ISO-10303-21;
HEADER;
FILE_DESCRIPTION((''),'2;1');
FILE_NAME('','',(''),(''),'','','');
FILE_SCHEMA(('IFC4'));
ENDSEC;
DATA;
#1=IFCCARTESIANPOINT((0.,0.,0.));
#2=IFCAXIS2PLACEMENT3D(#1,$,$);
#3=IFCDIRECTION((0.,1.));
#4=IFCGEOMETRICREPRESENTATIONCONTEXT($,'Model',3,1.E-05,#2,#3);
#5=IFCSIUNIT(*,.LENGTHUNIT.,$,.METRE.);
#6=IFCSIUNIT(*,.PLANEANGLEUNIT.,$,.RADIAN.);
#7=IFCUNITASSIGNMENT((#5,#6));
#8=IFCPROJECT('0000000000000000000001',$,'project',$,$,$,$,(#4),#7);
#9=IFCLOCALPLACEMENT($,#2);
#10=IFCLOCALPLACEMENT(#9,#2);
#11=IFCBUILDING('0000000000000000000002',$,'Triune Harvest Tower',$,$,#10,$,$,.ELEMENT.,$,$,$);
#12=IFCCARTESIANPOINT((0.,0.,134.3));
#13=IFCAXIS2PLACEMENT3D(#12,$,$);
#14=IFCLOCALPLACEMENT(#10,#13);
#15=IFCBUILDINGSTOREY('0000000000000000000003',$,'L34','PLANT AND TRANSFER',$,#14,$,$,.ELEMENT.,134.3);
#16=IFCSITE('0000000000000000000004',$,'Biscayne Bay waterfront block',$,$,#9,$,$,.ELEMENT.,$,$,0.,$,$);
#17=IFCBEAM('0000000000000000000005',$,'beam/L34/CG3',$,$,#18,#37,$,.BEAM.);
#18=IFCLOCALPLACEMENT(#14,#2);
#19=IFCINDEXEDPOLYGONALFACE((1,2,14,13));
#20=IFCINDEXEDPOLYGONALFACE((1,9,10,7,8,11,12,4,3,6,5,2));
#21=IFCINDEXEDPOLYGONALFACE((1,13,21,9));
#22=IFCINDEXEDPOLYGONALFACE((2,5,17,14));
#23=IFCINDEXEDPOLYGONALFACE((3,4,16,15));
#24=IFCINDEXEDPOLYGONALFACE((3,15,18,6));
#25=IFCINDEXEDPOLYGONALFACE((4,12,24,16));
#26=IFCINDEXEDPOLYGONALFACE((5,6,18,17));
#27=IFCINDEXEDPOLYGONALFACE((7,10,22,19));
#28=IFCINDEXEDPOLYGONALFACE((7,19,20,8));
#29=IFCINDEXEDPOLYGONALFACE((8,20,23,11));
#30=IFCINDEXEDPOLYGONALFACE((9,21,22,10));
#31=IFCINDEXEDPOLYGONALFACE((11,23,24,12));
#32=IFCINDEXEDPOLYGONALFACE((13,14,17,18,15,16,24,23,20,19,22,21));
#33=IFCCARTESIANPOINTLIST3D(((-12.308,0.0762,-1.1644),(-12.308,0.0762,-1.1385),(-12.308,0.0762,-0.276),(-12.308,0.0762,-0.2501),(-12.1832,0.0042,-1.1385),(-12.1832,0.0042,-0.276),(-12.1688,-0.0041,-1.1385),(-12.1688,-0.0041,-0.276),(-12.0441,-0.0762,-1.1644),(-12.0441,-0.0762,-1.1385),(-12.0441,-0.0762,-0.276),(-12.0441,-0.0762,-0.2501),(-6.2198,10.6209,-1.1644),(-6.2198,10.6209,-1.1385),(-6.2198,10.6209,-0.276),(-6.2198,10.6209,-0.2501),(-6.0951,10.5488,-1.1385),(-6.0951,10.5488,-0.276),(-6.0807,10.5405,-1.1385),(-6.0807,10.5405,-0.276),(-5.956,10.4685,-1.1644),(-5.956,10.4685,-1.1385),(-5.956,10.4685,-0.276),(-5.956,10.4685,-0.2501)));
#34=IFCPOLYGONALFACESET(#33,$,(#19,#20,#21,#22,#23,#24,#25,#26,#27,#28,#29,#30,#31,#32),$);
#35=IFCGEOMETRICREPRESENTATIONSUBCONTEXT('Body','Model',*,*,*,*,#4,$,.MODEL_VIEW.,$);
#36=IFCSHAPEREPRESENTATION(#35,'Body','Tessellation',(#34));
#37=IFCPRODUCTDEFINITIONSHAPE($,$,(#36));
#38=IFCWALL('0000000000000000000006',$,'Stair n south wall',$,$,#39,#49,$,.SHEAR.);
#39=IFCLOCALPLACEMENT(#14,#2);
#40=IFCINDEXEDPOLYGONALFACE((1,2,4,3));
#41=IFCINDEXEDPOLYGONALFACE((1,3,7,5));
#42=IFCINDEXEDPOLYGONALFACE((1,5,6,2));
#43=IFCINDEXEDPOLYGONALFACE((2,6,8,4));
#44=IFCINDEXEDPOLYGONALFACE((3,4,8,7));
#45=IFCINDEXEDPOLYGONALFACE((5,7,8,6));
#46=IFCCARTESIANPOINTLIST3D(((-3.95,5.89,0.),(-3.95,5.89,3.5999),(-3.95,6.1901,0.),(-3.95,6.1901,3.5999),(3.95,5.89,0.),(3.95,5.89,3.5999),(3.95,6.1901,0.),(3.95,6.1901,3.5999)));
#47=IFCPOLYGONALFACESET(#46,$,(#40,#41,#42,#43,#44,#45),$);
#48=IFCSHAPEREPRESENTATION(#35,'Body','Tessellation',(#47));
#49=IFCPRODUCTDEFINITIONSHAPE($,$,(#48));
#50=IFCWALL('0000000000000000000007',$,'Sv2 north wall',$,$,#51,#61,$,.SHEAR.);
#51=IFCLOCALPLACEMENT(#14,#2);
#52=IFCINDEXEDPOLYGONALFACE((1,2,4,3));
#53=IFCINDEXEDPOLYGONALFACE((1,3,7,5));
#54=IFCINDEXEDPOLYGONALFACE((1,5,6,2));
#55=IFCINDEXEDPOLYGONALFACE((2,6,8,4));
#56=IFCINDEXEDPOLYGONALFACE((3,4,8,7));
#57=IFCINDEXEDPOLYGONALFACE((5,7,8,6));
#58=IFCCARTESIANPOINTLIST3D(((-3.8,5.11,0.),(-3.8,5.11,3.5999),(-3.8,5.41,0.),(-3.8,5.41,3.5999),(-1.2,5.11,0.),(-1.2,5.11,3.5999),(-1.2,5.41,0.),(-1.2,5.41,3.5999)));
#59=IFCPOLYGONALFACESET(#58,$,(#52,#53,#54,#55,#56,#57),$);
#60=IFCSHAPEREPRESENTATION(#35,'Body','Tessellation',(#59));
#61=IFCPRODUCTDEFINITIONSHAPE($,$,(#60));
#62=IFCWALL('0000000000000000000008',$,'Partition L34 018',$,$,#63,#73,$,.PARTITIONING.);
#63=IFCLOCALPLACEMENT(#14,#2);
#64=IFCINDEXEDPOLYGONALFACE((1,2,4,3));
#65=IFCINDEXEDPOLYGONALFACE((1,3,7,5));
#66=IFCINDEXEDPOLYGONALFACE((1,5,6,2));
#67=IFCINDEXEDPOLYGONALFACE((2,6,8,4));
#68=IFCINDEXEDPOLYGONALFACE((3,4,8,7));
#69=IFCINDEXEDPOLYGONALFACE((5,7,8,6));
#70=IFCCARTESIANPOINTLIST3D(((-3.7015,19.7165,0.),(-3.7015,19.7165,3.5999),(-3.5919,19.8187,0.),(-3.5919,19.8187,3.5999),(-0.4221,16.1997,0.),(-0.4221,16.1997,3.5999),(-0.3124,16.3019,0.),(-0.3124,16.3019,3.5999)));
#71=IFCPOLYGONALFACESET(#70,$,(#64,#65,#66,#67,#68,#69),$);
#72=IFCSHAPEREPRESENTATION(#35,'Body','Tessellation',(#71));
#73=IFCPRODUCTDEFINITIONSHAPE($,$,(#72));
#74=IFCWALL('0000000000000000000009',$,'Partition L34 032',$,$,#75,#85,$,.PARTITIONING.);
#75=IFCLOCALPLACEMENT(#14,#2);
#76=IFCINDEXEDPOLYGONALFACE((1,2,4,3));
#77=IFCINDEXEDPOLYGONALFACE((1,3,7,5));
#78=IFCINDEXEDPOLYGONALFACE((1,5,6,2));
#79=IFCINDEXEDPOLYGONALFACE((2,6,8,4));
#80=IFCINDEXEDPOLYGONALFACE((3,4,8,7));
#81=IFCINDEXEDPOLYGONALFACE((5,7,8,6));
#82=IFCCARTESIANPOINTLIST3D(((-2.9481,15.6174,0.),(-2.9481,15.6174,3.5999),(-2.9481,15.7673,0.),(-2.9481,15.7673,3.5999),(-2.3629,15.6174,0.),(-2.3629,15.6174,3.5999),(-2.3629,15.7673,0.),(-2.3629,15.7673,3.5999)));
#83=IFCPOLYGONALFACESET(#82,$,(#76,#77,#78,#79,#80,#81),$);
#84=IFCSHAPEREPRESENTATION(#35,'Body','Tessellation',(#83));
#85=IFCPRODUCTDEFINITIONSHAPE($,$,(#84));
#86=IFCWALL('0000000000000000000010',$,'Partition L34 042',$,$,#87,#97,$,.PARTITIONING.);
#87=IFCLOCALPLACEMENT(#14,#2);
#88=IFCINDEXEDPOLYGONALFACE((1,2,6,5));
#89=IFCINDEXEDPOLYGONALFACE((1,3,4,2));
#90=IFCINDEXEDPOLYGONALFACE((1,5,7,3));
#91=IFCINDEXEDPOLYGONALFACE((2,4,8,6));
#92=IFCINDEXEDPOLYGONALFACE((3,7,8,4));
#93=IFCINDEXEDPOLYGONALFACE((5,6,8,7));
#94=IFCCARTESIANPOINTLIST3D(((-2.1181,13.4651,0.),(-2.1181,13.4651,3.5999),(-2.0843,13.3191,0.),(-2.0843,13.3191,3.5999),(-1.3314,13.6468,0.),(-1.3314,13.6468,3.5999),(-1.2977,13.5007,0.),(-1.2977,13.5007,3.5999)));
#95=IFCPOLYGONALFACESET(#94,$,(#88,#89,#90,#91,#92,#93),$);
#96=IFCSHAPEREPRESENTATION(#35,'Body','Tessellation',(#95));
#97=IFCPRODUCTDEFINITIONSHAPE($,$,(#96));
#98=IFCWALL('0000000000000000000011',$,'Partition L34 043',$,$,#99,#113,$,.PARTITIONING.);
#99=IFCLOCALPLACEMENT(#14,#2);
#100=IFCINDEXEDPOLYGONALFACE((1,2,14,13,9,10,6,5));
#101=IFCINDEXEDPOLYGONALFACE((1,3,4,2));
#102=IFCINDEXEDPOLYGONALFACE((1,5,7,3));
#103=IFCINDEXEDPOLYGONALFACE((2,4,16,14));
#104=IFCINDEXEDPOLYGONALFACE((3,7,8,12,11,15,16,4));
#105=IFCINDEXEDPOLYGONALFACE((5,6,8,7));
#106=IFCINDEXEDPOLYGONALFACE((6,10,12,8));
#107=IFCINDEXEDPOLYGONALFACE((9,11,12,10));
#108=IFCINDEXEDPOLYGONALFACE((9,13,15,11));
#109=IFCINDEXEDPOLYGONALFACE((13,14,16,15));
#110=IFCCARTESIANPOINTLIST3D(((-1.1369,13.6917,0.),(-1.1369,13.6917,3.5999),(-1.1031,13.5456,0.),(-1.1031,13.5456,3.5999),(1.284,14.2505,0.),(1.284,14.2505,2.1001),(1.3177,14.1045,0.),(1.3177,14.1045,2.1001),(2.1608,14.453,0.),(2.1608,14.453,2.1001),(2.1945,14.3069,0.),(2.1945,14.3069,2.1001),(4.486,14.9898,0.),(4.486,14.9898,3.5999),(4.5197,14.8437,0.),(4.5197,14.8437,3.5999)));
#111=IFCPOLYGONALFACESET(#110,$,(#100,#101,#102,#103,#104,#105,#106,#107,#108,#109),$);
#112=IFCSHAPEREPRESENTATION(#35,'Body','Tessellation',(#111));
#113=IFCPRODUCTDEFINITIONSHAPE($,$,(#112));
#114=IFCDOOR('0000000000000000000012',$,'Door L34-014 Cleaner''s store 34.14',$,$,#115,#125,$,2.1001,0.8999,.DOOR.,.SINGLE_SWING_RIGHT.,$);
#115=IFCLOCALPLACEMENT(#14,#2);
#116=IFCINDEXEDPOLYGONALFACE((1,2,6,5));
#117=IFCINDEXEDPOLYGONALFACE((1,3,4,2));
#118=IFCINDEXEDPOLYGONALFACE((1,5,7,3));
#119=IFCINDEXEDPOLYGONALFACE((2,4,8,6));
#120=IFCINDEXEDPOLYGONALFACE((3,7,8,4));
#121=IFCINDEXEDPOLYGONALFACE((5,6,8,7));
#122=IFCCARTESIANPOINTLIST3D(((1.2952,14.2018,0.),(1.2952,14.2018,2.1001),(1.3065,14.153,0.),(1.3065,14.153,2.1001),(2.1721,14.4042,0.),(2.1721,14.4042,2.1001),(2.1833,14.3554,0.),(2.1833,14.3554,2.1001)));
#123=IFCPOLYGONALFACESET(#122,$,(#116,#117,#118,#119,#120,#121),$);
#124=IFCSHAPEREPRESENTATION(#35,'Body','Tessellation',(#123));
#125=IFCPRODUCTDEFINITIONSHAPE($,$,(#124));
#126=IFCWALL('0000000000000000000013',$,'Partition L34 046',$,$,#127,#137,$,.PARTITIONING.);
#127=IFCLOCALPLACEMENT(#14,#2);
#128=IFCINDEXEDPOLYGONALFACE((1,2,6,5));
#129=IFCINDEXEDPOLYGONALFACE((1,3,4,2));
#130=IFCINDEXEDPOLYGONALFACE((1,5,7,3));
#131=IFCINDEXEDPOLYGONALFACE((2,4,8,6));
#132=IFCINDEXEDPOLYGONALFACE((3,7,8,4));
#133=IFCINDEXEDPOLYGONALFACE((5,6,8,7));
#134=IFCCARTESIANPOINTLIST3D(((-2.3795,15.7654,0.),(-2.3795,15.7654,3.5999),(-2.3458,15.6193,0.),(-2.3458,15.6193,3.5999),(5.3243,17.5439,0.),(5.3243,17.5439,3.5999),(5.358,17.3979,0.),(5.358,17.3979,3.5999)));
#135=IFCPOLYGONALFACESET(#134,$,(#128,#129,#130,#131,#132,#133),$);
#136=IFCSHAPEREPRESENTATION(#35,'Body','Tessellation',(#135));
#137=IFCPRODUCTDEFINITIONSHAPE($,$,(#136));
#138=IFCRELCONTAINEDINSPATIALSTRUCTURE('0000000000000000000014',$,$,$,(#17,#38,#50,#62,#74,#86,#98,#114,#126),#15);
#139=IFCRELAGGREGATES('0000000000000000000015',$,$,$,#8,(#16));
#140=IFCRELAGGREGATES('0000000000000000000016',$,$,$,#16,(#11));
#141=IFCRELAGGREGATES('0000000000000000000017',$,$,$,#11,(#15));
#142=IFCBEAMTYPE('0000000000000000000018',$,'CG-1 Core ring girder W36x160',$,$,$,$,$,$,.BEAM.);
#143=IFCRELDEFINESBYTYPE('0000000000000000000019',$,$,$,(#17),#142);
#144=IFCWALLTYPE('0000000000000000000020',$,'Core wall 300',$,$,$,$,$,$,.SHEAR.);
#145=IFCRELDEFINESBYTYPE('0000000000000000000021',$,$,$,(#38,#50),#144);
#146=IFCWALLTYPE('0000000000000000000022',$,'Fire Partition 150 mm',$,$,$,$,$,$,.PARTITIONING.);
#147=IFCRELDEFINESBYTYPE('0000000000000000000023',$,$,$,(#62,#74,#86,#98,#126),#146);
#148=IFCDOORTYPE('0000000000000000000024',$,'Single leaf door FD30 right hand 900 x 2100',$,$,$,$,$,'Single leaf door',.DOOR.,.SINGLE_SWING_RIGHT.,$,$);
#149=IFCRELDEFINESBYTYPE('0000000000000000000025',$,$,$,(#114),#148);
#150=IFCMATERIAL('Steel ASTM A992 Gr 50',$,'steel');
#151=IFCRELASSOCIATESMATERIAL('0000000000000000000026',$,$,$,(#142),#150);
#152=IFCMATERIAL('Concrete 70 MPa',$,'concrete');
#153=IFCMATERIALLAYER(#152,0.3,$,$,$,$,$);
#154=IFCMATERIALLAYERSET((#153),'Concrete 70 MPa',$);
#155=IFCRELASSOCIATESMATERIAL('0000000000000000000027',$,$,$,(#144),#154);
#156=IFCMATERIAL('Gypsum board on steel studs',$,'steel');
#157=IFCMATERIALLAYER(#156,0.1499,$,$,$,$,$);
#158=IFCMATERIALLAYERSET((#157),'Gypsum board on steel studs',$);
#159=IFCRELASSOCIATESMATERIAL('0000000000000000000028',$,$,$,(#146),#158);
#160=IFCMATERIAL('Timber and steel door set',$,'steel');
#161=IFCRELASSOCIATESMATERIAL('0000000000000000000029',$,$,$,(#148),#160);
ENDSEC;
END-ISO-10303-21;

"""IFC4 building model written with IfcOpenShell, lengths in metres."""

from ifc_helpers import new_model, si_unit, direction, frame, frame_2d, origin, origin_2d, place, context, subcontext, project, spatial, rectangle, i_section, extrude, source, transform, mapped, material, layer, layer_set, material_profile, profile_set, type_object, element, fill, save


model = new_model("IFC4")

# Units and contexts
model_context = context("Model", 3, precision=1e-05, world=origin(), true_north=direction((0.0, 1.0)))
body_context = subcontext(model_context, "Body", "Model", "MODEL_VIEW")
ifc_project = project(units=[si_unit("LENGTHUNIT", "METRE"), si_unit("PLANEANGLEUNIT", "RADIAN")], contexts=[model_context])

# Site, building, storey
site_placement = place(None, origin())
site = spatial("IfcSite", under=ifc_project, at=site_placement, Name="Biscayne Bay waterfront block", CompositionType="ELEMENT", RefElevation=0.0)
building_placement = place(site_placement, origin())
building = spatial("IfcBuilding", under=site, at=building_placement, Name="Triune Harvest Tower", CompositionType="ELEMENT")
storey_placement = place(building_placement, frame((0.0, 0.0, 134.3)))
storey = spatial("IfcBuildingStorey", under=building, at=storey_placement, Name="L34", Description="PLANT AND TRANSFER", CompositionType="ELEMENT", Elevation=134.3)

# Beam
ifc_material_1 = material(Name="Steel ASTM A992 Gr 50", Category="steel")
ifc_material_profile = material_profile(ifc_material_1, i_section(OverallWidth=0.3047, OverallDepth=0.9143, WebThickness=0.0166, FlangeThickness=0.0259, at=origin_2d()), Name="W36x160")
ifc_profile_set = profile_set([ifc_material_profile], Name="Steel ASTM A992 Gr 50")
beam_type = type_object("IfcBeamType", Name="CG-1 Core ring girder W36x160", PredefinedType="BEAM", material=ifc_profile_set)
shared_shape_1 = source(origin(), body_context, "Body", "SweptSolid", [
    extrude(i_section(OverallWidth=0.3047, OverallDepth=0.9143, WebThickness=0.0166, FlangeThickness=0.0259, at=origin_2d()), origin(), (0.0, 0.0, 1.0), 12.176),
])
beam_placement = place(storey_placement, frame((-6.0879, 10.5447, -0.7073), z_axis=(-0.50001, -0.86602, 0.0), x_axis=(0.86602, -0.50001, 0.0)))
element("IfcBeam", 1, at=beam_placement, inside=storey, type_object=beam_type, Name="beam/L34/CG3", PredefinedType="BEAM", context=body_context, shape_type="MappedRepresentation", body=[
    mapped(shared_shape_1, transform((0.0, 0.0, 0.0), scale=1.0)),
])

# Walls
ifc_material_2 = material(Name="Concrete 70 MPa", Category="concrete")
ifc_layer_1 = layer(ifc_material_2, 0.3)
ifc_layer_set_1 = layer_set([ifc_layer_1], Name="Concrete 70 MPa")
wall_type_1 = type_object("IfcWallType", Name="Core wall 300", PredefinedType="SHEAR", material=ifc_layer_set_1)
wall_1_placement = place(storey_placement, frame((-3.95, 6.04, 0.0), z_axis=(0.0, 0.0, 1.0), x_axis=(1.0, 0.0, 0.0)))
element("IfcWall", 2, at=wall_1_placement, inside=storey, type_object=wall_type_1, Name="Stair n south wall", PredefinedType="SHEAR", context=body_context, shape_type="SweptSolid", body=[
    extrude(rectangle(XDim=7.8999, YDim=0.3, at=frame_2d((3.95, 0.0))), origin(), (0.0, 0.0, 1.0), 3.5999),
])
wall_2_placement = place(storey_placement, frame((-3.8, 5.26, 0.0), z_axis=(0.0, 0.0, 1.0), x_axis=(1.0, 0.0, 0.0)))
element("IfcWall", 3, at=wall_2_placement, inside=storey, type_object=wall_type_1, Name="Sv2 north wall", PredefinedType="SHEAR", context=body_context, shape_type="SweptSolid", body=[
    extrude(rectangle(XDim=2.6001, YDim=0.3, at=frame_2d((1.3, 0.0))), origin(), (0.0, 0.0, 1.0), 3.5999),
])
ifc_material_3 = material(Name="Gypsum board on steel studs", Category="steel")
ifc_layer_2 = layer(ifc_material_3, 0.1499)
ifc_layer_set_2 = layer_set([ifc_layer_2], Name="Gypsum board on steel studs")
wall_type_2 = type_object("IfcWallType", Name="Fire Partition 150 mm", PredefinedType="PARTITIONING", material=ifc_layer_set_2)
wall_3_placement = place(storey_placement, frame((-3.6467, 19.7676, 0.0), z_axis=(0.0, 0.0, 1.0), x_axis=(0.682002, -0.731351, 0.0)))
element("IfcWall", 4, at=wall_3_placement, inside=storey, type_object=wall_type_2, Name="Partition L34 018", PredefinedType="PARTITIONING", context=body_context, shape_type="SweptSolid", body=[
    extrude(rectangle(XDim=4.8086, YDim=0.1499, at=frame_2d((2.4043, 0.0))), origin(), (0.0, 0.0, 1.0), 3.5999),
])
wall_4_placement = place(storey_placement, frame((-2.948, 15.6924, 0.0), z_axis=(0.0, 0.0, 1.0), x_axis=(1.0, 0.0, 0.0)))
element("IfcWall", 5, at=wall_4_placement, inside=storey, type_object=wall_type_2, Name="Partition L34 032", PredefinedType="PARTITIONING", context=body_context, shape_type="SweptSolid", body=[
    extrude(rectangle(XDim=0.5852, YDim=0.1499, at=frame_2d((0.2925, 0.0))), origin(), (0.0, 0.0, 1.0), 3.5999),
])
wall_5_placement = place(storey_placement, frame((-2.1013, 13.3921, 0.0), z_axis=(0.0, 0.0, 1.0), x_axis=(0.974361, 0.224992, 0.0)))
element("IfcWall", 6, at=wall_5_placement, inside=storey, type_object=wall_type_2, Name="Partition L34 042", PredefinedType="PARTITIONING", context=body_context, shape_type="SweptSolid", body=[
    extrude(rectangle(XDim=0.8074, YDim=0.1499, at=frame_2d((0.4038, 0.0))), origin(), (0.0, 0.0, 1.0), 3.5999),
])

# Wall, opening, door
wall_6_placement = place(storey_placement, frame((-1.1199, 13.6187, 0.0), z_axis=(0.0, 0.0, 1.0), x_axis=(0.974371, 0.224946, 0.0)))
wall_6 = element("IfcWall", 7, at=wall_6_placement, inside=storey, type_object=wall_type_2, Name="Partition L34 043", PredefinedType="PARTITIONING", context=body_context, shape_type="SweptSolid", body=[
    extrude(rectangle(XDim=5.7708, YDim=0.1499, at=frame_2d((2.8853, 0.0))), origin(), (0.0, 0.0, 1.0), 3.5999),
])
opening_1_placement = place(wall_6_placement, frame((2.4844, 0.0, 0.0)))
opening_1 = element("IfcOpeningElement", 8, at=opening_1_placement, cuts=wall_6, PredefinedType="OPENING", context=body_context, shape_type="SweptSolid", body=[
    extrude(rectangle(XDim=0.8999, YDim=2.1001, at=frame_2d((0.45, 1.05))), frame((0.0, 0.085, 0.0), z_axis=(0.0, -1.0, 0.0), x_axis=(1.0, 0.0, 0.0)), (0.0, 0.0, 1.0), 0.1699),
])
ifc_material_4 = material(Name="Timber and steel door set", Category="steel")
door_type_1 = type_object("IfcDoorType", Name="Single leaf door FD30 right hand 900 x 2100", ElementType="Single leaf door", OperationType="SINGLE_SWING_RIGHT", PredefinedType="DOOR", material=ifc_material_4)
door_1_placement = place(opening_1_placement, origin())
door_1 = element("IfcDoor", 9, at=door_1_placement, inside=storey, type_object=door_type_1, Name="Door L34-014 Cleaner's store 34.14", OperationType="SINGLE_SWING_RIGHT", OverallHeight=2.1001, OverallWidth=0.8999, PredefinedType="DOOR", context=body_context, shape_type="SweptSolid", body=[
    extrude(rectangle(XDim=0.8999, YDim=2.1001, at=frame_2d((0.45, 1.05))), frame((0.0, 0.0249, 0.0), z_axis=(0.0, -1.0, 0.0), x_axis=(1.0, 0.0, 0.0)), (0.0, 0.0, 1.0), 0.05),
])
fill(opening_1, door_1)

# Wall
wall_7_placement = place(storey_placement, frame((-2.3625, 15.6924, 0.0), z_axis=(0.0, 0.0, 1.0), x_axis=(0.97437, 0.22495, 0.0)))
element("IfcWall", 10, at=wall_7_placement, inside=storey, type_object=wall_type_2, Name="Partition L34 046", PredefinedType="PARTITIONING", context=body_context, shape_type="SweptSolid", body=[
    extrude(rectangle(XDim=7.9065, YDim=0.1499, at=frame_2d((3.9531, 0.0))), origin(), (0.0, 0.0, 1.0), 3.5999),
])

save(model, "model.ifc")
